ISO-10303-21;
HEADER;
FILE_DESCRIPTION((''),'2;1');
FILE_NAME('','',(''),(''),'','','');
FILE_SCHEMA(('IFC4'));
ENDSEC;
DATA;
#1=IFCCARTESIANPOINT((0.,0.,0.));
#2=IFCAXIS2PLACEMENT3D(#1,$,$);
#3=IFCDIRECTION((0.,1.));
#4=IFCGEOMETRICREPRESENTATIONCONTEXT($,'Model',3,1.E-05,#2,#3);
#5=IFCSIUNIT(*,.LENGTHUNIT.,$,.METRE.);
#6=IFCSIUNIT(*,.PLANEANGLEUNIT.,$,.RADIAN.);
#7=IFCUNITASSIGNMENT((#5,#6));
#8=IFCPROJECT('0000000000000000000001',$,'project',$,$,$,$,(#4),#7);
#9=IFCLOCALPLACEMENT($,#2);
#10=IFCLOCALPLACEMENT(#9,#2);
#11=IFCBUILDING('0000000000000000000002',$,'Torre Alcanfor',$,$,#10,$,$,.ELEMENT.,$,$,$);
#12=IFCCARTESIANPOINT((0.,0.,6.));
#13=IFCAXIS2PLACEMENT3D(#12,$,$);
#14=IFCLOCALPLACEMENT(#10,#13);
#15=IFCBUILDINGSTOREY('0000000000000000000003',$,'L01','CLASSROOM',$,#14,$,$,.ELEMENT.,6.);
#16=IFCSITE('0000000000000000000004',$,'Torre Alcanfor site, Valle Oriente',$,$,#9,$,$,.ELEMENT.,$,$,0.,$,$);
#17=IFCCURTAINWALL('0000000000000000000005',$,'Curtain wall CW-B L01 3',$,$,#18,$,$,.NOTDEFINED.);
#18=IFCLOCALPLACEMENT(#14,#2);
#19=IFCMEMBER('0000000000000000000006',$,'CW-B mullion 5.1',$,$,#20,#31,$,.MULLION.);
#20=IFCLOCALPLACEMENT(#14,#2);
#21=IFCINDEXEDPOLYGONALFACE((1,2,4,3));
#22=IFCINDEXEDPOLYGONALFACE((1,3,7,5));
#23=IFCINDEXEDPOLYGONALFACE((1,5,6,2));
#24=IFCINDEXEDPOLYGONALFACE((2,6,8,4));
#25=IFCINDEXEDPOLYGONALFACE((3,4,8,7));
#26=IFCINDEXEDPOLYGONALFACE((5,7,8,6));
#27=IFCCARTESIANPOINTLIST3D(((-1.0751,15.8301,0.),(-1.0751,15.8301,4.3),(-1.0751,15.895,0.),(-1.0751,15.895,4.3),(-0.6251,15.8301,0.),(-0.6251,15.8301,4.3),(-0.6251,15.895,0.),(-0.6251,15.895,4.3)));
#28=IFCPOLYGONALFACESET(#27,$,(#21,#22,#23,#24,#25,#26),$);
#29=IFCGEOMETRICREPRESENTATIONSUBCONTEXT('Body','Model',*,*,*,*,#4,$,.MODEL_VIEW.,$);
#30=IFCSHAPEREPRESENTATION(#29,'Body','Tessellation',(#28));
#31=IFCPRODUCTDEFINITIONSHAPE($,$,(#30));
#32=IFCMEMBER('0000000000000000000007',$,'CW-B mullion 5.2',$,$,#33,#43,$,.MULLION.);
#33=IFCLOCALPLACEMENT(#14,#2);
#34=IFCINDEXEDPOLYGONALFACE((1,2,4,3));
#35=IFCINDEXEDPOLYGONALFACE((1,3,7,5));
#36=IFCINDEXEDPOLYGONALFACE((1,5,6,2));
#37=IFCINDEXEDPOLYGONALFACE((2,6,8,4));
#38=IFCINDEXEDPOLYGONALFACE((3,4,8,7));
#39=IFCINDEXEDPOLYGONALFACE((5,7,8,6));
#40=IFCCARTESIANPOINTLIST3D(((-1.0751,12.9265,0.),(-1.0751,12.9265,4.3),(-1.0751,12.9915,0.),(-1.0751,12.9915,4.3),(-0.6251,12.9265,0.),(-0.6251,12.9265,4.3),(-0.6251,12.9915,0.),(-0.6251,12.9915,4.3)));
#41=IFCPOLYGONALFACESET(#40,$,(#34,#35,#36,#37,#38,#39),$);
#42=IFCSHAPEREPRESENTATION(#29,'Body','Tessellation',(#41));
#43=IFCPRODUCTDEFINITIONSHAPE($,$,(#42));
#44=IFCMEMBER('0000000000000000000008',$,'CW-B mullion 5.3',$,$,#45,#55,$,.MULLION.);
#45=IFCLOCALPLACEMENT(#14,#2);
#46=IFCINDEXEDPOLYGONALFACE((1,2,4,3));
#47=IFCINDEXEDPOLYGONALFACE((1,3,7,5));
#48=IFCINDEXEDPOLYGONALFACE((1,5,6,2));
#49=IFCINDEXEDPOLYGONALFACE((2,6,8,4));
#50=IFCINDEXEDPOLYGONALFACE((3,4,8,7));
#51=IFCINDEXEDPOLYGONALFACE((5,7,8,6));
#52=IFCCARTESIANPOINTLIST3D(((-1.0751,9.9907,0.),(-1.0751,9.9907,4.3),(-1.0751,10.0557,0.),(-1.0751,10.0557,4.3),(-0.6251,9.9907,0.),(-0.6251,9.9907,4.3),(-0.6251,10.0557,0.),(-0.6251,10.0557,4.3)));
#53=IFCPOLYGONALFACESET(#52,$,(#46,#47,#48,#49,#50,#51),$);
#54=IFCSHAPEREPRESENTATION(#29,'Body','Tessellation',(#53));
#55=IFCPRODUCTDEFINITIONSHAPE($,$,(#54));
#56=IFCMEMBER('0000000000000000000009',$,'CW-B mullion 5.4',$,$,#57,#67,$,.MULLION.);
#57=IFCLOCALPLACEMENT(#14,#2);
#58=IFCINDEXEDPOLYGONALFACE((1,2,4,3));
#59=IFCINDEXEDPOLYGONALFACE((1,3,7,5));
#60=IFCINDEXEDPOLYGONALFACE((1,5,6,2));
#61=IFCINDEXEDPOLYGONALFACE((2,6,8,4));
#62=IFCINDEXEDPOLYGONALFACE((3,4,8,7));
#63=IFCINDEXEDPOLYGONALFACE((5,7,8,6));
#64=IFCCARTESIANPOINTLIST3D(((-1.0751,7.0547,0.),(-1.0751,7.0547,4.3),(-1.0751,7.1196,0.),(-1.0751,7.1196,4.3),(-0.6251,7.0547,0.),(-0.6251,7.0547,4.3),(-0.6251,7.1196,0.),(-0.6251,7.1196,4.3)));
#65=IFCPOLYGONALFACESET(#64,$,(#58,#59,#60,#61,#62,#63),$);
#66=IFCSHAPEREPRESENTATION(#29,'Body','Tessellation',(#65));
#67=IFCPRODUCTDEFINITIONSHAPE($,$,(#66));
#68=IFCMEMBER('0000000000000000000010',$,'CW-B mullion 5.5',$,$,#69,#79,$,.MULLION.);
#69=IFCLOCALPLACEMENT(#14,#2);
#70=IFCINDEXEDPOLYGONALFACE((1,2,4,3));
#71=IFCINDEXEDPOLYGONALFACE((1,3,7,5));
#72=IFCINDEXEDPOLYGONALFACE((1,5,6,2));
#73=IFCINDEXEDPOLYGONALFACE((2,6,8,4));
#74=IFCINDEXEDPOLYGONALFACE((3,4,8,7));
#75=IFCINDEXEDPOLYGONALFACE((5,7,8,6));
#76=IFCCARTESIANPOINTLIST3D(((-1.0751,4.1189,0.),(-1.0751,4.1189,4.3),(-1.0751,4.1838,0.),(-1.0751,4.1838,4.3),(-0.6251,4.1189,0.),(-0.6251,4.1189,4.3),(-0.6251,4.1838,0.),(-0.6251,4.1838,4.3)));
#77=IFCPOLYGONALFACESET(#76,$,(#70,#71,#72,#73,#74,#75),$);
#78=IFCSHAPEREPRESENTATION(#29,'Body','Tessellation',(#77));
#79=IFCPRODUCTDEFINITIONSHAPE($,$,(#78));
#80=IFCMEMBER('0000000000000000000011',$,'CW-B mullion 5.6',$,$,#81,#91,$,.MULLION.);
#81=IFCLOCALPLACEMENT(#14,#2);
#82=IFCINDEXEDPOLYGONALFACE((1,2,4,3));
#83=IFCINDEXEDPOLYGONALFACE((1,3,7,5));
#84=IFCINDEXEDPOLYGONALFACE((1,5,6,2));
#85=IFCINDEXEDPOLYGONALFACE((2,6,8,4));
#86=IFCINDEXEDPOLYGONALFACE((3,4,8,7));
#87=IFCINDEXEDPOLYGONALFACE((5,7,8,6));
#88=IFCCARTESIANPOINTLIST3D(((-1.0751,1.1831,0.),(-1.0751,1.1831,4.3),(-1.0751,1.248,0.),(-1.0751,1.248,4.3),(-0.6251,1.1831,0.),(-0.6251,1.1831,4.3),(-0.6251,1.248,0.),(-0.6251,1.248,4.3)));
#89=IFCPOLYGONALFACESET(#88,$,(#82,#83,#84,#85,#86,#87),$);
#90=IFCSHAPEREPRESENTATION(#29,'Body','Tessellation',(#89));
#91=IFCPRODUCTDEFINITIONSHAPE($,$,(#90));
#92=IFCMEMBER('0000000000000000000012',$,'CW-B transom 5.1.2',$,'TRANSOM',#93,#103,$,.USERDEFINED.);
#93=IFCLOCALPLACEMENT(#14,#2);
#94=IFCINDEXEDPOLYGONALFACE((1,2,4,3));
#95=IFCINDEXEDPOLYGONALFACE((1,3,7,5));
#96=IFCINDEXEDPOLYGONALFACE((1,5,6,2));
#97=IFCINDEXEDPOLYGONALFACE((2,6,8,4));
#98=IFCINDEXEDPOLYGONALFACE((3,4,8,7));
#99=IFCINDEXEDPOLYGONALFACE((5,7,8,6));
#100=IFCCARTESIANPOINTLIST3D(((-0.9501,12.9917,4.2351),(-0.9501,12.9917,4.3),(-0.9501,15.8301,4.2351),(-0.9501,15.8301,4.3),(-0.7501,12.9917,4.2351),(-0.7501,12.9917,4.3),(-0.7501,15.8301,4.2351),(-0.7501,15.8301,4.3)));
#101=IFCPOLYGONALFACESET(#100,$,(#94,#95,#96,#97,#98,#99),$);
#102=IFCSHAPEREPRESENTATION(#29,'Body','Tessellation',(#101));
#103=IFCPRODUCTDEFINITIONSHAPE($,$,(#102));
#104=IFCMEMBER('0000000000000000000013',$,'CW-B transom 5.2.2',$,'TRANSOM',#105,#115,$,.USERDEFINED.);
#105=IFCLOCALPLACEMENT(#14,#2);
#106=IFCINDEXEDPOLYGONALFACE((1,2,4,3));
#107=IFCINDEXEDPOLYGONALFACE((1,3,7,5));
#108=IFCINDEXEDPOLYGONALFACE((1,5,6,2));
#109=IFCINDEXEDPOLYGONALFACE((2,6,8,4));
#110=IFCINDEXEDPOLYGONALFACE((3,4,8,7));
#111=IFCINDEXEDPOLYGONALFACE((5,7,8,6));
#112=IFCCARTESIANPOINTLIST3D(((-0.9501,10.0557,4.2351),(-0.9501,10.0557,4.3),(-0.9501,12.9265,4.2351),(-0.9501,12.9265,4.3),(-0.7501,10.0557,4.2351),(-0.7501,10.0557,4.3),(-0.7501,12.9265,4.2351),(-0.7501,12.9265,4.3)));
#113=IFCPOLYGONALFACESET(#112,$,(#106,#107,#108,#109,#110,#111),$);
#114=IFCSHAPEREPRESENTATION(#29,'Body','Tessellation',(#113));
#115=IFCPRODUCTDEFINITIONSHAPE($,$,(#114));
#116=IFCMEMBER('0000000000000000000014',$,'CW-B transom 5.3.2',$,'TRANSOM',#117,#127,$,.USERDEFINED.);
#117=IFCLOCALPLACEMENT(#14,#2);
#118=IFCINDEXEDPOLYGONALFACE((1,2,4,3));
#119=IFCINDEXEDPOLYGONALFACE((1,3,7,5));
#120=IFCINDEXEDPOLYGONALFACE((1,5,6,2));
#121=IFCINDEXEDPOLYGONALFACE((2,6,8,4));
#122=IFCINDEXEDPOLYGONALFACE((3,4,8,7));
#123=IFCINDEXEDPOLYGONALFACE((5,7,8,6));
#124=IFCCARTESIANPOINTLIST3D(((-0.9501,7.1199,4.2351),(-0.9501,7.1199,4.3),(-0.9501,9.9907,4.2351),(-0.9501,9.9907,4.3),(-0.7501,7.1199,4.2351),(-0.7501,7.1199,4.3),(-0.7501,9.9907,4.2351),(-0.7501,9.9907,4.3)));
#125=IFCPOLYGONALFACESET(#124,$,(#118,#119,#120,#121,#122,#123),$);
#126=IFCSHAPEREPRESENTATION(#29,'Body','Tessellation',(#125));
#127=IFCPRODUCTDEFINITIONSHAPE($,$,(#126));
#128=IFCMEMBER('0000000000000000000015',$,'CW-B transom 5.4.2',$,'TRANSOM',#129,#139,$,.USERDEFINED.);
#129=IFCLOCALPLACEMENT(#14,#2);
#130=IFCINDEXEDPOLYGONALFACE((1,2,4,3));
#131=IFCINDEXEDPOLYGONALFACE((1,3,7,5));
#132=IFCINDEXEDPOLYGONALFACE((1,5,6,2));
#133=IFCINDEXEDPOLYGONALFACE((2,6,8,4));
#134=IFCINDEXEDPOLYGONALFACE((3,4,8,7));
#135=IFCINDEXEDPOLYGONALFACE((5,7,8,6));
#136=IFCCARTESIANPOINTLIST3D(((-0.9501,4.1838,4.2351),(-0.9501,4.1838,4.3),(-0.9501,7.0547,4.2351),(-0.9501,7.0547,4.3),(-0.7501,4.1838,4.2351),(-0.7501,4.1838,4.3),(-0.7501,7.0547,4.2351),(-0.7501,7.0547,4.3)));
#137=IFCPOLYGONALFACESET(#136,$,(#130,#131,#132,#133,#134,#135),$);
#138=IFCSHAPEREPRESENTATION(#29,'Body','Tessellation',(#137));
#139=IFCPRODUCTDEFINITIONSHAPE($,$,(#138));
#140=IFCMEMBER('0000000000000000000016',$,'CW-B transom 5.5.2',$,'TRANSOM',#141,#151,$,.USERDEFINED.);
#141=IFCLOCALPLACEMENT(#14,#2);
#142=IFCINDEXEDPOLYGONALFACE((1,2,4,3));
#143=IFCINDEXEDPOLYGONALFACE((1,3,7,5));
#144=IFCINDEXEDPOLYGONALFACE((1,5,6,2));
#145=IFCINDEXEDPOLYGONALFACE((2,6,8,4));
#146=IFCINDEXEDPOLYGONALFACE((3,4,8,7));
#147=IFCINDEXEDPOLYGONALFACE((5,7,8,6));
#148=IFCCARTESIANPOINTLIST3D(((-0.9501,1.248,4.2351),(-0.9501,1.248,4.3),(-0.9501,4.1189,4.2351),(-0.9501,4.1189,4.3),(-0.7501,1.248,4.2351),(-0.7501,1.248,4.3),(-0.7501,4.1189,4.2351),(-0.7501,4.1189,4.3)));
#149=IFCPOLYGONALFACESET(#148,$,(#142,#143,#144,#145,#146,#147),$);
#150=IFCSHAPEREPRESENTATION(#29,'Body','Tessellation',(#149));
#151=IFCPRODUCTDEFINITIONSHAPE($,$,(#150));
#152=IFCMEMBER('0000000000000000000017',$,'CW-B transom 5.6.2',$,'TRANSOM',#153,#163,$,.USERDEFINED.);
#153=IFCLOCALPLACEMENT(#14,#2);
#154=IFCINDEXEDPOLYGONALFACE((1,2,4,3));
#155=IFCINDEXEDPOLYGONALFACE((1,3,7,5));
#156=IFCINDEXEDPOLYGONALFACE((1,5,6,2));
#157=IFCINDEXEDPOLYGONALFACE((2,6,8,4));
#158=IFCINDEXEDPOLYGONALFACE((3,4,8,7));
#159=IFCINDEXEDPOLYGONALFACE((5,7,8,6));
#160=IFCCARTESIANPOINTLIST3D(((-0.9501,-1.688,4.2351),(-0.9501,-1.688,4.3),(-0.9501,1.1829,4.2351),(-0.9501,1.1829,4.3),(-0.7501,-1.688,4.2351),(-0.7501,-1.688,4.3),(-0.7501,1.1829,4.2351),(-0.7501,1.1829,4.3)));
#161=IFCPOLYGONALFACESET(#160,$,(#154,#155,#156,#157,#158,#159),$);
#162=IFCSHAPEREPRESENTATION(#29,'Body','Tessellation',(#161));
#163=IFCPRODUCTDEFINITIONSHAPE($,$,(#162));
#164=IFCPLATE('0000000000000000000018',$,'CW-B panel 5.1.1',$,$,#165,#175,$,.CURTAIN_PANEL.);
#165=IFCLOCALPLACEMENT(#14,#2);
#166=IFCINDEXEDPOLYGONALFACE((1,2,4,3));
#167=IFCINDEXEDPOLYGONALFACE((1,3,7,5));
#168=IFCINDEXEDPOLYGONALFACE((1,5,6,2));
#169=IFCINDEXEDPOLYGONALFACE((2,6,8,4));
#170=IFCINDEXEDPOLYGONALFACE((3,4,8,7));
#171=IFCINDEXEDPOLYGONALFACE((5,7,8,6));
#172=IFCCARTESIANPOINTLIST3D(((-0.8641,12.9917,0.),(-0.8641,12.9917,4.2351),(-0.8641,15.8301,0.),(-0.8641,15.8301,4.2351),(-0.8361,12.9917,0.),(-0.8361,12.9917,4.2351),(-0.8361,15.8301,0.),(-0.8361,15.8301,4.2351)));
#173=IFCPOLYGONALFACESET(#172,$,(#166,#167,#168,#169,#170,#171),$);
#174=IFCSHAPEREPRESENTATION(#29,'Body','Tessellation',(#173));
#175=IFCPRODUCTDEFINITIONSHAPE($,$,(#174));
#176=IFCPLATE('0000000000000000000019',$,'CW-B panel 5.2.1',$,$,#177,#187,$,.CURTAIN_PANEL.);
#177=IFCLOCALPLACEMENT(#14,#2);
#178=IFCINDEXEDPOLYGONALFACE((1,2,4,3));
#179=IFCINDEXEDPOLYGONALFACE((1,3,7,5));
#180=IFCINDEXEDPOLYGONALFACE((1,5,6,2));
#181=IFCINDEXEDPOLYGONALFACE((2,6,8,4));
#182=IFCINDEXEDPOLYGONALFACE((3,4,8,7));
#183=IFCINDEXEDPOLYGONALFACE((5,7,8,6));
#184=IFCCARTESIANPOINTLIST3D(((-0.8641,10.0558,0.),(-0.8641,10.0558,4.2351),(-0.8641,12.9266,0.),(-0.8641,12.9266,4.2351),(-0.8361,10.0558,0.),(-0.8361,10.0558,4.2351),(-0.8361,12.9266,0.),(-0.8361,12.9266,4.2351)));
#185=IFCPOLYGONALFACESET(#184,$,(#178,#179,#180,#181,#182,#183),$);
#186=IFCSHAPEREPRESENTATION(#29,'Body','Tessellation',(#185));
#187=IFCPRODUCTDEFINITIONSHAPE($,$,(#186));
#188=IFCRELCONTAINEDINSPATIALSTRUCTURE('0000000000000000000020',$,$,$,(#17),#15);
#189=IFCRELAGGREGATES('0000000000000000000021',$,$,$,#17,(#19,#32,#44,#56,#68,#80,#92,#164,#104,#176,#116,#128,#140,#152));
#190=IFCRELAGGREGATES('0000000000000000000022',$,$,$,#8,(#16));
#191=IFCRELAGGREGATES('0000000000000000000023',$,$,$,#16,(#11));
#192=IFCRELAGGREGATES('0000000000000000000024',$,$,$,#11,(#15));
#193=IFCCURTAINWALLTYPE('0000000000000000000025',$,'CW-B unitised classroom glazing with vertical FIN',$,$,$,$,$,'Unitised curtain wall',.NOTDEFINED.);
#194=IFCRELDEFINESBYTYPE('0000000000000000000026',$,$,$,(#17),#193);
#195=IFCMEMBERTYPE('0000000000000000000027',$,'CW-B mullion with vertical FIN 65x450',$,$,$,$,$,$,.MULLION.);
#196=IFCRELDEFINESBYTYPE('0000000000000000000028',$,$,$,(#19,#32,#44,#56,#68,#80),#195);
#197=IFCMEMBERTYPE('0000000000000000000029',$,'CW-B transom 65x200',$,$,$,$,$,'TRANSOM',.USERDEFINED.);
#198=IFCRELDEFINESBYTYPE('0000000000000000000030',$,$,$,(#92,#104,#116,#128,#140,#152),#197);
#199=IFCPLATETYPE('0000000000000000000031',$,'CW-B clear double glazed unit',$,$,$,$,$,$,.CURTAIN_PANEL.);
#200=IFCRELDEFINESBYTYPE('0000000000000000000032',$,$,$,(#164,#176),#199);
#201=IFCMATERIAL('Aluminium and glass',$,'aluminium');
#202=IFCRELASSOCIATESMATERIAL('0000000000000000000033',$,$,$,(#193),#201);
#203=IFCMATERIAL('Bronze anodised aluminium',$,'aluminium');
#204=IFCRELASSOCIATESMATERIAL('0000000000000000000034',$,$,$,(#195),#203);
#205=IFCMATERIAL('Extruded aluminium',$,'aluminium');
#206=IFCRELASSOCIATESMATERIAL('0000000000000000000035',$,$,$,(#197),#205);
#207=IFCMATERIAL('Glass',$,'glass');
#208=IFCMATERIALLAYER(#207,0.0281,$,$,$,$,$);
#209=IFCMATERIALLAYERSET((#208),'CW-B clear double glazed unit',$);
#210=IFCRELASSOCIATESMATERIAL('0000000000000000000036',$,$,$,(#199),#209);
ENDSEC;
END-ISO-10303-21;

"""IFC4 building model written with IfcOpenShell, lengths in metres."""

from ifc_helpers import new_model, si_unit, direction, frame, origin, origin_2d, place, context, subcontext, project, spatial, rectangle, extrude, material, layer, layer_set, material_profile, profile_set, type_object, element, aggregate, save


model = new_model("IFC4")

# Units and contexts
model_context = context("Model", 3, precision=1e-05, world=origin(), true_north=direction((0.0, 1.0)))
body_context = subcontext(model_context, "Body", "Model", "MODEL_VIEW")
ifc_project = project(units=[si_unit("LENGTHUNIT", "METRE"), si_unit("PLANEANGLEUNIT", "RADIAN")], contexts=[model_context])

# Site, building, storey
site_placement = place(None, origin())
site = spatial("IfcSite", under=ifc_project, at=site_placement, Name="Torre Alcanfor site, Valle Oriente", CompositionType="ELEMENT", RefElevation=0.0)
building_placement = place(site_placement, origin())
building = spatial("IfcBuilding", under=site, at=building_placement, Name="Torre Alcanfor", CompositionType="ELEMENT")
storey_placement = place(building_placement, frame((0.0, 0.0, 6.0)))
storey = spatial("IfcBuildingStorey", under=building, at=storey_placement, Name="L01", Description="CLASSROOM", CompositionType="ELEMENT", Elevation=6.0)

# Curtain wall, members, plates
ifc_material_1 = material(Name="Aluminium and glass", Category="aluminium")
curtain_wall_type = type_object("IfcCurtainWallType", Name="CW-B unitised classroom glazing with vertical FIN", ElementType="Unitised curtain wall", PredefinedType="NOTDEFINED", material=ifc_material_1)
curtain_wall_placement = place(storey_placement, origin())
curtain_wall = element("IfcCurtainWall", 1, at=curtain_wall_placement, inside=storey, type_object=curtain_wall_type, Name="Curtain wall CW-B L01 3", PredefinedType="NOTDEFINED")
ifc_material_2 = material(Name="Bronze anodised aluminium", Category="aluminium")
ifc_material_profile_1 = material_profile(ifc_material_2, rectangle(XDim=0.45, YDim=0.0649, at=origin_2d()), Name="CW-B mullion 65x450")
ifc_profile_set_1 = profile_set([ifc_material_profile_1], Name="Bronze anodised aluminium")
member_type_1 = type_object("IfcMemberType", Name="CW-B mullion with vertical FIN 65x450", PredefinedType="MULLION", material=ifc_profile_set_1)
member_1_placement = place(storey_placement, frame((-0.8501, 15.8625, 0.0), z_axis=(0.0, 0.0, 1.0), x_axis=(1.0, 0.0, 0.0)))
member_1 = element("IfcMember", 2, at=member_1_placement, type_object=member_type_1, Name="CW-B mullion 5.1", PredefinedType="MULLION", context=body_context, shape_type="SweptSolid", body=[
    extrude(rectangle(XDim=0.45, YDim=0.0649, at=origin_2d()), origin(), (0.0, 0.0, 1.0), 4.3),
])
member_2_placement = place(storey_placement, frame((-0.8501, 12.959, 0.0), z_axis=(0.0, 0.0, 1.0), x_axis=(1.0, 0.0, 0.0)))
member_2 = element("IfcMember", 3, at=member_2_placement, type_object=member_type_1, Name="CW-B mullion 5.2", PredefinedType="MULLION", context=body_context, shape_type="SweptSolid", body=[
    extrude(rectangle(XDim=0.45, YDim=0.0649, at=origin_2d()), origin(), (0.0, 0.0, 1.0), 4.3),
])
member_3_placement = place(storey_placement, frame((-0.8501, 10.0232, 0.0), z_axis=(0.0, 0.0, 1.0), x_axis=(1.0, 0.0, 0.0)))
member_3 = element("IfcMember", 4, at=member_3_placement, type_object=member_type_1, Name="CW-B mullion 5.3", PredefinedType="MULLION", context=body_context, shape_type="SweptSolid", body=[
    extrude(rectangle(XDim=0.45, YDim=0.0649, at=origin_2d()), origin(), (0.0, 0.0, 1.0), 4.3),
])
member_4_placement = place(storey_placement, frame((-0.8501, 7.0872, 0.0), z_axis=(0.0, 0.0, 1.0), x_axis=(1.0, 0.0, 0.0)))
member_4 = element("IfcMember", 5, at=member_4_placement, type_object=member_type_1, Name="CW-B mullion 5.4", PredefinedType="MULLION", context=body_context, shape_type="SweptSolid", body=[
    extrude(rectangle(XDim=0.45, YDim=0.0649, at=origin_2d()), origin(), (0.0, 0.0, 1.0), 4.3),
])
member_5_placement = place(storey_placement, frame((-0.8501, 4.1514, 0.0), z_axis=(0.0, 0.0, 1.0), x_axis=(1.0, 0.0, 0.0)))
member_5 = element("IfcMember", 6, at=member_5_placement, type_object=member_type_1, Name="CW-B mullion 5.5", PredefinedType="MULLION", context=body_context, shape_type="SweptSolid", body=[
    extrude(rectangle(XDim=0.45, YDim=0.0649, at=origin_2d()), origin(), (0.0, 0.0, 1.0), 4.3),
])
member_6_placement = place(storey_placement, frame((-0.8501, 1.2156, 0.0), z_axis=(0.0, 0.0, 1.0), x_axis=(1.0, 0.0, 0.0)))
member_6 = element("IfcMember", 7, at=member_6_placement, type_object=member_type_1, Name="CW-B mullion 5.6", PredefinedType="MULLION", context=body_context, shape_type="SweptSolid", body=[
    extrude(rectangle(XDim=0.45, YDim=0.0649, at=origin_2d()), origin(), (0.0, 0.0, 1.0), 4.3),
])
ifc_material_3 = material(Name="Extruded aluminium", Category="aluminium")
ifc_material_profile_2 = material_profile(ifc_material_3, rectangle(XDim=0.2, YDim=0.0649, at=origin_2d()), Name="CW-B transom 200x65")
ifc_profile_set_2 = profile_set([ifc_material_profile_2], Name="Extruded aluminium")
member_type_2 = type_object("IfcMemberType", Name="CW-B transom 65x200", ElementType="TRANSOM", PredefinedType="USERDEFINED", material=ifc_profile_set_2)
member_7_placement = place(storey_placement, frame((-0.8501, 15.8301, 4.2676), z_axis=(0.0, -1.0, 0.0), x_axis=(1.0, 0.0, 0.0)))
member_7 = element("IfcMember", 8, at=member_7_placement, type_object=member_type_2, Name="CW-B transom 5.1.2", ObjectType="TRANSOM", PredefinedType="USERDEFINED", context=body_context, shape_type="SweptSolid", body=[
    extrude(rectangle(XDim=0.2, YDim=0.0649, at=origin_2d()), origin(), (0.0, 0.0, 1.0), 2.8384),
])
member_8_placement = place(storey_placement, frame((-0.8501, 12.9265, 4.2676), z_axis=(0.0, -1.0, 0.0), x_axis=(1.0, 0.0, 0.0)))
member_8 = element("IfcMember", 9, at=member_8_placement, type_object=member_type_2, Name="CW-B transom 5.2.2", ObjectType="TRANSOM", PredefinedType="USERDEFINED", context=body_context, shape_type="SweptSolid", body=[
    extrude(rectangle(XDim=0.2, YDim=0.0649, at=origin_2d()), origin(), (0.0, 0.0, 1.0), 2.8708),
])
member_9_placement = place(storey_placement, frame((-0.8501, 9.9907, 4.2676), z_axis=(0.0, -1.0, 0.0), x_axis=(1.0, 0.0, 0.0)))
member_9 = element("IfcMember", 10, at=member_9_placement, type_object=member_type_2, Name="CW-B transom 5.3.2", ObjectType="TRANSOM", PredefinedType="USERDEFINED", context=body_context, shape_type="SweptSolid", body=[
    extrude(rectangle(XDim=0.2, YDim=0.0649, at=origin_2d()), origin(), (0.0, 0.0, 1.0), 2.8708),
])
member_10_placement = place(storey_placement, frame((-0.8501, 7.0547, 4.2676), z_axis=(0.0, -1.0, 0.0), x_axis=(1.0, 0.0, 0.0)))
member_10 = element("IfcMember", 11, at=member_10_placement, type_object=member_type_2, Name="CW-B transom 5.4.2", ObjectType="TRANSOM", PredefinedType="USERDEFINED", context=body_context, shape_type="SweptSolid", body=[
    extrude(rectangle(XDim=0.2, YDim=0.0649, at=origin_2d()), origin(), (0.0, 0.0, 1.0), 2.8708),
])
member_11_placement = place(storey_placement, frame((-0.8501, 4.1189, 4.2676), z_axis=(0.0, -1.0, 0.0), x_axis=(1.0, 0.0, 0.0)))
member_11 = element("IfcMember", 12, at=member_11_placement, type_object=member_type_2, Name="CW-B transom 5.5.2", ObjectType="TRANSOM", PredefinedType="USERDEFINED", context=body_context, shape_type="SweptSolid", body=[
    extrude(rectangle(XDim=0.2, YDim=0.0649, at=origin_2d()), origin(), (0.0, 0.0, 1.0), 2.8708),
])
member_12_placement = place(storey_placement, frame((-0.8501, 1.1829, 4.2676), z_axis=(0.0, -1.0, 0.0), x_axis=(1.0, 0.0, 0.0)))
member_12 = element("IfcMember", 13, at=member_12_placement, type_object=member_type_2, Name="CW-B transom 5.6.2", ObjectType="TRANSOM", PredefinedType="USERDEFINED", context=body_context, shape_type="SweptSolid", body=[
    extrude(rectangle(XDim=0.2, YDim=0.0649, at=origin_2d()), origin(), (0.0, 0.0, 1.0), 2.8708),
])
ifc_material_4 = material(Name="Glass", Category="glass")
ifc_layer_1 = layer(ifc_material_4, 0.0281)
ifc_layer_set_1 = layer_set([ifc_layer_1], Name="CW-B clear double glazed unit")
plate_type = type_object("IfcPlateType", Name="CW-B clear double glazed unit", PredefinedType="CURTAIN_PANEL", material=ifc_layer_set_1)
plate_1_placement = place(storey_placement, frame((-0.8501, 14.4109, 0.0), z_axis=(0.0, 0.0, 1.0), x_axis=(0.0, -1.0, 0.0)))
plate_1 = element("IfcPlate", 14, at=plate_1_placement, type_object=plate_type, Name="CW-B panel 5.1.1", PredefinedType="CURTAIN_PANEL", context=body_context, shape_type="SweptSolid", body=[
    extrude(rectangle(XDim=2.8384, YDim=0.0281, at=origin_2d()), origin(), (0.0, 0.0, 1.0), 4.2351),
])
plate_2_placement = place(storey_placement, frame((-0.8501, 11.4912, 0.0), z_axis=(0.0, 0.0, 1.0), x_axis=(0.0, -1.0, 0.0)))
plate_2 = element("IfcPlate", 15, at=plate_2_placement, type_object=plate_type, Name="CW-B panel 5.2.1", PredefinedType="CURTAIN_PANEL", context=body_context, shape_type="SweptSolid", body=[
    extrude(rectangle(XDim=2.8708, YDim=0.0281, at=origin_2d()), origin(), (0.0, 0.0, 1.0), 4.2351),
])
aggregate(curtain_wall, [member_1, member_2, member_3, member_4, member_5, member_6, member_7, plate_1, member_8, plate_2, member_9, member_10, member_11, member_12])

save(model, "model.ifc")
